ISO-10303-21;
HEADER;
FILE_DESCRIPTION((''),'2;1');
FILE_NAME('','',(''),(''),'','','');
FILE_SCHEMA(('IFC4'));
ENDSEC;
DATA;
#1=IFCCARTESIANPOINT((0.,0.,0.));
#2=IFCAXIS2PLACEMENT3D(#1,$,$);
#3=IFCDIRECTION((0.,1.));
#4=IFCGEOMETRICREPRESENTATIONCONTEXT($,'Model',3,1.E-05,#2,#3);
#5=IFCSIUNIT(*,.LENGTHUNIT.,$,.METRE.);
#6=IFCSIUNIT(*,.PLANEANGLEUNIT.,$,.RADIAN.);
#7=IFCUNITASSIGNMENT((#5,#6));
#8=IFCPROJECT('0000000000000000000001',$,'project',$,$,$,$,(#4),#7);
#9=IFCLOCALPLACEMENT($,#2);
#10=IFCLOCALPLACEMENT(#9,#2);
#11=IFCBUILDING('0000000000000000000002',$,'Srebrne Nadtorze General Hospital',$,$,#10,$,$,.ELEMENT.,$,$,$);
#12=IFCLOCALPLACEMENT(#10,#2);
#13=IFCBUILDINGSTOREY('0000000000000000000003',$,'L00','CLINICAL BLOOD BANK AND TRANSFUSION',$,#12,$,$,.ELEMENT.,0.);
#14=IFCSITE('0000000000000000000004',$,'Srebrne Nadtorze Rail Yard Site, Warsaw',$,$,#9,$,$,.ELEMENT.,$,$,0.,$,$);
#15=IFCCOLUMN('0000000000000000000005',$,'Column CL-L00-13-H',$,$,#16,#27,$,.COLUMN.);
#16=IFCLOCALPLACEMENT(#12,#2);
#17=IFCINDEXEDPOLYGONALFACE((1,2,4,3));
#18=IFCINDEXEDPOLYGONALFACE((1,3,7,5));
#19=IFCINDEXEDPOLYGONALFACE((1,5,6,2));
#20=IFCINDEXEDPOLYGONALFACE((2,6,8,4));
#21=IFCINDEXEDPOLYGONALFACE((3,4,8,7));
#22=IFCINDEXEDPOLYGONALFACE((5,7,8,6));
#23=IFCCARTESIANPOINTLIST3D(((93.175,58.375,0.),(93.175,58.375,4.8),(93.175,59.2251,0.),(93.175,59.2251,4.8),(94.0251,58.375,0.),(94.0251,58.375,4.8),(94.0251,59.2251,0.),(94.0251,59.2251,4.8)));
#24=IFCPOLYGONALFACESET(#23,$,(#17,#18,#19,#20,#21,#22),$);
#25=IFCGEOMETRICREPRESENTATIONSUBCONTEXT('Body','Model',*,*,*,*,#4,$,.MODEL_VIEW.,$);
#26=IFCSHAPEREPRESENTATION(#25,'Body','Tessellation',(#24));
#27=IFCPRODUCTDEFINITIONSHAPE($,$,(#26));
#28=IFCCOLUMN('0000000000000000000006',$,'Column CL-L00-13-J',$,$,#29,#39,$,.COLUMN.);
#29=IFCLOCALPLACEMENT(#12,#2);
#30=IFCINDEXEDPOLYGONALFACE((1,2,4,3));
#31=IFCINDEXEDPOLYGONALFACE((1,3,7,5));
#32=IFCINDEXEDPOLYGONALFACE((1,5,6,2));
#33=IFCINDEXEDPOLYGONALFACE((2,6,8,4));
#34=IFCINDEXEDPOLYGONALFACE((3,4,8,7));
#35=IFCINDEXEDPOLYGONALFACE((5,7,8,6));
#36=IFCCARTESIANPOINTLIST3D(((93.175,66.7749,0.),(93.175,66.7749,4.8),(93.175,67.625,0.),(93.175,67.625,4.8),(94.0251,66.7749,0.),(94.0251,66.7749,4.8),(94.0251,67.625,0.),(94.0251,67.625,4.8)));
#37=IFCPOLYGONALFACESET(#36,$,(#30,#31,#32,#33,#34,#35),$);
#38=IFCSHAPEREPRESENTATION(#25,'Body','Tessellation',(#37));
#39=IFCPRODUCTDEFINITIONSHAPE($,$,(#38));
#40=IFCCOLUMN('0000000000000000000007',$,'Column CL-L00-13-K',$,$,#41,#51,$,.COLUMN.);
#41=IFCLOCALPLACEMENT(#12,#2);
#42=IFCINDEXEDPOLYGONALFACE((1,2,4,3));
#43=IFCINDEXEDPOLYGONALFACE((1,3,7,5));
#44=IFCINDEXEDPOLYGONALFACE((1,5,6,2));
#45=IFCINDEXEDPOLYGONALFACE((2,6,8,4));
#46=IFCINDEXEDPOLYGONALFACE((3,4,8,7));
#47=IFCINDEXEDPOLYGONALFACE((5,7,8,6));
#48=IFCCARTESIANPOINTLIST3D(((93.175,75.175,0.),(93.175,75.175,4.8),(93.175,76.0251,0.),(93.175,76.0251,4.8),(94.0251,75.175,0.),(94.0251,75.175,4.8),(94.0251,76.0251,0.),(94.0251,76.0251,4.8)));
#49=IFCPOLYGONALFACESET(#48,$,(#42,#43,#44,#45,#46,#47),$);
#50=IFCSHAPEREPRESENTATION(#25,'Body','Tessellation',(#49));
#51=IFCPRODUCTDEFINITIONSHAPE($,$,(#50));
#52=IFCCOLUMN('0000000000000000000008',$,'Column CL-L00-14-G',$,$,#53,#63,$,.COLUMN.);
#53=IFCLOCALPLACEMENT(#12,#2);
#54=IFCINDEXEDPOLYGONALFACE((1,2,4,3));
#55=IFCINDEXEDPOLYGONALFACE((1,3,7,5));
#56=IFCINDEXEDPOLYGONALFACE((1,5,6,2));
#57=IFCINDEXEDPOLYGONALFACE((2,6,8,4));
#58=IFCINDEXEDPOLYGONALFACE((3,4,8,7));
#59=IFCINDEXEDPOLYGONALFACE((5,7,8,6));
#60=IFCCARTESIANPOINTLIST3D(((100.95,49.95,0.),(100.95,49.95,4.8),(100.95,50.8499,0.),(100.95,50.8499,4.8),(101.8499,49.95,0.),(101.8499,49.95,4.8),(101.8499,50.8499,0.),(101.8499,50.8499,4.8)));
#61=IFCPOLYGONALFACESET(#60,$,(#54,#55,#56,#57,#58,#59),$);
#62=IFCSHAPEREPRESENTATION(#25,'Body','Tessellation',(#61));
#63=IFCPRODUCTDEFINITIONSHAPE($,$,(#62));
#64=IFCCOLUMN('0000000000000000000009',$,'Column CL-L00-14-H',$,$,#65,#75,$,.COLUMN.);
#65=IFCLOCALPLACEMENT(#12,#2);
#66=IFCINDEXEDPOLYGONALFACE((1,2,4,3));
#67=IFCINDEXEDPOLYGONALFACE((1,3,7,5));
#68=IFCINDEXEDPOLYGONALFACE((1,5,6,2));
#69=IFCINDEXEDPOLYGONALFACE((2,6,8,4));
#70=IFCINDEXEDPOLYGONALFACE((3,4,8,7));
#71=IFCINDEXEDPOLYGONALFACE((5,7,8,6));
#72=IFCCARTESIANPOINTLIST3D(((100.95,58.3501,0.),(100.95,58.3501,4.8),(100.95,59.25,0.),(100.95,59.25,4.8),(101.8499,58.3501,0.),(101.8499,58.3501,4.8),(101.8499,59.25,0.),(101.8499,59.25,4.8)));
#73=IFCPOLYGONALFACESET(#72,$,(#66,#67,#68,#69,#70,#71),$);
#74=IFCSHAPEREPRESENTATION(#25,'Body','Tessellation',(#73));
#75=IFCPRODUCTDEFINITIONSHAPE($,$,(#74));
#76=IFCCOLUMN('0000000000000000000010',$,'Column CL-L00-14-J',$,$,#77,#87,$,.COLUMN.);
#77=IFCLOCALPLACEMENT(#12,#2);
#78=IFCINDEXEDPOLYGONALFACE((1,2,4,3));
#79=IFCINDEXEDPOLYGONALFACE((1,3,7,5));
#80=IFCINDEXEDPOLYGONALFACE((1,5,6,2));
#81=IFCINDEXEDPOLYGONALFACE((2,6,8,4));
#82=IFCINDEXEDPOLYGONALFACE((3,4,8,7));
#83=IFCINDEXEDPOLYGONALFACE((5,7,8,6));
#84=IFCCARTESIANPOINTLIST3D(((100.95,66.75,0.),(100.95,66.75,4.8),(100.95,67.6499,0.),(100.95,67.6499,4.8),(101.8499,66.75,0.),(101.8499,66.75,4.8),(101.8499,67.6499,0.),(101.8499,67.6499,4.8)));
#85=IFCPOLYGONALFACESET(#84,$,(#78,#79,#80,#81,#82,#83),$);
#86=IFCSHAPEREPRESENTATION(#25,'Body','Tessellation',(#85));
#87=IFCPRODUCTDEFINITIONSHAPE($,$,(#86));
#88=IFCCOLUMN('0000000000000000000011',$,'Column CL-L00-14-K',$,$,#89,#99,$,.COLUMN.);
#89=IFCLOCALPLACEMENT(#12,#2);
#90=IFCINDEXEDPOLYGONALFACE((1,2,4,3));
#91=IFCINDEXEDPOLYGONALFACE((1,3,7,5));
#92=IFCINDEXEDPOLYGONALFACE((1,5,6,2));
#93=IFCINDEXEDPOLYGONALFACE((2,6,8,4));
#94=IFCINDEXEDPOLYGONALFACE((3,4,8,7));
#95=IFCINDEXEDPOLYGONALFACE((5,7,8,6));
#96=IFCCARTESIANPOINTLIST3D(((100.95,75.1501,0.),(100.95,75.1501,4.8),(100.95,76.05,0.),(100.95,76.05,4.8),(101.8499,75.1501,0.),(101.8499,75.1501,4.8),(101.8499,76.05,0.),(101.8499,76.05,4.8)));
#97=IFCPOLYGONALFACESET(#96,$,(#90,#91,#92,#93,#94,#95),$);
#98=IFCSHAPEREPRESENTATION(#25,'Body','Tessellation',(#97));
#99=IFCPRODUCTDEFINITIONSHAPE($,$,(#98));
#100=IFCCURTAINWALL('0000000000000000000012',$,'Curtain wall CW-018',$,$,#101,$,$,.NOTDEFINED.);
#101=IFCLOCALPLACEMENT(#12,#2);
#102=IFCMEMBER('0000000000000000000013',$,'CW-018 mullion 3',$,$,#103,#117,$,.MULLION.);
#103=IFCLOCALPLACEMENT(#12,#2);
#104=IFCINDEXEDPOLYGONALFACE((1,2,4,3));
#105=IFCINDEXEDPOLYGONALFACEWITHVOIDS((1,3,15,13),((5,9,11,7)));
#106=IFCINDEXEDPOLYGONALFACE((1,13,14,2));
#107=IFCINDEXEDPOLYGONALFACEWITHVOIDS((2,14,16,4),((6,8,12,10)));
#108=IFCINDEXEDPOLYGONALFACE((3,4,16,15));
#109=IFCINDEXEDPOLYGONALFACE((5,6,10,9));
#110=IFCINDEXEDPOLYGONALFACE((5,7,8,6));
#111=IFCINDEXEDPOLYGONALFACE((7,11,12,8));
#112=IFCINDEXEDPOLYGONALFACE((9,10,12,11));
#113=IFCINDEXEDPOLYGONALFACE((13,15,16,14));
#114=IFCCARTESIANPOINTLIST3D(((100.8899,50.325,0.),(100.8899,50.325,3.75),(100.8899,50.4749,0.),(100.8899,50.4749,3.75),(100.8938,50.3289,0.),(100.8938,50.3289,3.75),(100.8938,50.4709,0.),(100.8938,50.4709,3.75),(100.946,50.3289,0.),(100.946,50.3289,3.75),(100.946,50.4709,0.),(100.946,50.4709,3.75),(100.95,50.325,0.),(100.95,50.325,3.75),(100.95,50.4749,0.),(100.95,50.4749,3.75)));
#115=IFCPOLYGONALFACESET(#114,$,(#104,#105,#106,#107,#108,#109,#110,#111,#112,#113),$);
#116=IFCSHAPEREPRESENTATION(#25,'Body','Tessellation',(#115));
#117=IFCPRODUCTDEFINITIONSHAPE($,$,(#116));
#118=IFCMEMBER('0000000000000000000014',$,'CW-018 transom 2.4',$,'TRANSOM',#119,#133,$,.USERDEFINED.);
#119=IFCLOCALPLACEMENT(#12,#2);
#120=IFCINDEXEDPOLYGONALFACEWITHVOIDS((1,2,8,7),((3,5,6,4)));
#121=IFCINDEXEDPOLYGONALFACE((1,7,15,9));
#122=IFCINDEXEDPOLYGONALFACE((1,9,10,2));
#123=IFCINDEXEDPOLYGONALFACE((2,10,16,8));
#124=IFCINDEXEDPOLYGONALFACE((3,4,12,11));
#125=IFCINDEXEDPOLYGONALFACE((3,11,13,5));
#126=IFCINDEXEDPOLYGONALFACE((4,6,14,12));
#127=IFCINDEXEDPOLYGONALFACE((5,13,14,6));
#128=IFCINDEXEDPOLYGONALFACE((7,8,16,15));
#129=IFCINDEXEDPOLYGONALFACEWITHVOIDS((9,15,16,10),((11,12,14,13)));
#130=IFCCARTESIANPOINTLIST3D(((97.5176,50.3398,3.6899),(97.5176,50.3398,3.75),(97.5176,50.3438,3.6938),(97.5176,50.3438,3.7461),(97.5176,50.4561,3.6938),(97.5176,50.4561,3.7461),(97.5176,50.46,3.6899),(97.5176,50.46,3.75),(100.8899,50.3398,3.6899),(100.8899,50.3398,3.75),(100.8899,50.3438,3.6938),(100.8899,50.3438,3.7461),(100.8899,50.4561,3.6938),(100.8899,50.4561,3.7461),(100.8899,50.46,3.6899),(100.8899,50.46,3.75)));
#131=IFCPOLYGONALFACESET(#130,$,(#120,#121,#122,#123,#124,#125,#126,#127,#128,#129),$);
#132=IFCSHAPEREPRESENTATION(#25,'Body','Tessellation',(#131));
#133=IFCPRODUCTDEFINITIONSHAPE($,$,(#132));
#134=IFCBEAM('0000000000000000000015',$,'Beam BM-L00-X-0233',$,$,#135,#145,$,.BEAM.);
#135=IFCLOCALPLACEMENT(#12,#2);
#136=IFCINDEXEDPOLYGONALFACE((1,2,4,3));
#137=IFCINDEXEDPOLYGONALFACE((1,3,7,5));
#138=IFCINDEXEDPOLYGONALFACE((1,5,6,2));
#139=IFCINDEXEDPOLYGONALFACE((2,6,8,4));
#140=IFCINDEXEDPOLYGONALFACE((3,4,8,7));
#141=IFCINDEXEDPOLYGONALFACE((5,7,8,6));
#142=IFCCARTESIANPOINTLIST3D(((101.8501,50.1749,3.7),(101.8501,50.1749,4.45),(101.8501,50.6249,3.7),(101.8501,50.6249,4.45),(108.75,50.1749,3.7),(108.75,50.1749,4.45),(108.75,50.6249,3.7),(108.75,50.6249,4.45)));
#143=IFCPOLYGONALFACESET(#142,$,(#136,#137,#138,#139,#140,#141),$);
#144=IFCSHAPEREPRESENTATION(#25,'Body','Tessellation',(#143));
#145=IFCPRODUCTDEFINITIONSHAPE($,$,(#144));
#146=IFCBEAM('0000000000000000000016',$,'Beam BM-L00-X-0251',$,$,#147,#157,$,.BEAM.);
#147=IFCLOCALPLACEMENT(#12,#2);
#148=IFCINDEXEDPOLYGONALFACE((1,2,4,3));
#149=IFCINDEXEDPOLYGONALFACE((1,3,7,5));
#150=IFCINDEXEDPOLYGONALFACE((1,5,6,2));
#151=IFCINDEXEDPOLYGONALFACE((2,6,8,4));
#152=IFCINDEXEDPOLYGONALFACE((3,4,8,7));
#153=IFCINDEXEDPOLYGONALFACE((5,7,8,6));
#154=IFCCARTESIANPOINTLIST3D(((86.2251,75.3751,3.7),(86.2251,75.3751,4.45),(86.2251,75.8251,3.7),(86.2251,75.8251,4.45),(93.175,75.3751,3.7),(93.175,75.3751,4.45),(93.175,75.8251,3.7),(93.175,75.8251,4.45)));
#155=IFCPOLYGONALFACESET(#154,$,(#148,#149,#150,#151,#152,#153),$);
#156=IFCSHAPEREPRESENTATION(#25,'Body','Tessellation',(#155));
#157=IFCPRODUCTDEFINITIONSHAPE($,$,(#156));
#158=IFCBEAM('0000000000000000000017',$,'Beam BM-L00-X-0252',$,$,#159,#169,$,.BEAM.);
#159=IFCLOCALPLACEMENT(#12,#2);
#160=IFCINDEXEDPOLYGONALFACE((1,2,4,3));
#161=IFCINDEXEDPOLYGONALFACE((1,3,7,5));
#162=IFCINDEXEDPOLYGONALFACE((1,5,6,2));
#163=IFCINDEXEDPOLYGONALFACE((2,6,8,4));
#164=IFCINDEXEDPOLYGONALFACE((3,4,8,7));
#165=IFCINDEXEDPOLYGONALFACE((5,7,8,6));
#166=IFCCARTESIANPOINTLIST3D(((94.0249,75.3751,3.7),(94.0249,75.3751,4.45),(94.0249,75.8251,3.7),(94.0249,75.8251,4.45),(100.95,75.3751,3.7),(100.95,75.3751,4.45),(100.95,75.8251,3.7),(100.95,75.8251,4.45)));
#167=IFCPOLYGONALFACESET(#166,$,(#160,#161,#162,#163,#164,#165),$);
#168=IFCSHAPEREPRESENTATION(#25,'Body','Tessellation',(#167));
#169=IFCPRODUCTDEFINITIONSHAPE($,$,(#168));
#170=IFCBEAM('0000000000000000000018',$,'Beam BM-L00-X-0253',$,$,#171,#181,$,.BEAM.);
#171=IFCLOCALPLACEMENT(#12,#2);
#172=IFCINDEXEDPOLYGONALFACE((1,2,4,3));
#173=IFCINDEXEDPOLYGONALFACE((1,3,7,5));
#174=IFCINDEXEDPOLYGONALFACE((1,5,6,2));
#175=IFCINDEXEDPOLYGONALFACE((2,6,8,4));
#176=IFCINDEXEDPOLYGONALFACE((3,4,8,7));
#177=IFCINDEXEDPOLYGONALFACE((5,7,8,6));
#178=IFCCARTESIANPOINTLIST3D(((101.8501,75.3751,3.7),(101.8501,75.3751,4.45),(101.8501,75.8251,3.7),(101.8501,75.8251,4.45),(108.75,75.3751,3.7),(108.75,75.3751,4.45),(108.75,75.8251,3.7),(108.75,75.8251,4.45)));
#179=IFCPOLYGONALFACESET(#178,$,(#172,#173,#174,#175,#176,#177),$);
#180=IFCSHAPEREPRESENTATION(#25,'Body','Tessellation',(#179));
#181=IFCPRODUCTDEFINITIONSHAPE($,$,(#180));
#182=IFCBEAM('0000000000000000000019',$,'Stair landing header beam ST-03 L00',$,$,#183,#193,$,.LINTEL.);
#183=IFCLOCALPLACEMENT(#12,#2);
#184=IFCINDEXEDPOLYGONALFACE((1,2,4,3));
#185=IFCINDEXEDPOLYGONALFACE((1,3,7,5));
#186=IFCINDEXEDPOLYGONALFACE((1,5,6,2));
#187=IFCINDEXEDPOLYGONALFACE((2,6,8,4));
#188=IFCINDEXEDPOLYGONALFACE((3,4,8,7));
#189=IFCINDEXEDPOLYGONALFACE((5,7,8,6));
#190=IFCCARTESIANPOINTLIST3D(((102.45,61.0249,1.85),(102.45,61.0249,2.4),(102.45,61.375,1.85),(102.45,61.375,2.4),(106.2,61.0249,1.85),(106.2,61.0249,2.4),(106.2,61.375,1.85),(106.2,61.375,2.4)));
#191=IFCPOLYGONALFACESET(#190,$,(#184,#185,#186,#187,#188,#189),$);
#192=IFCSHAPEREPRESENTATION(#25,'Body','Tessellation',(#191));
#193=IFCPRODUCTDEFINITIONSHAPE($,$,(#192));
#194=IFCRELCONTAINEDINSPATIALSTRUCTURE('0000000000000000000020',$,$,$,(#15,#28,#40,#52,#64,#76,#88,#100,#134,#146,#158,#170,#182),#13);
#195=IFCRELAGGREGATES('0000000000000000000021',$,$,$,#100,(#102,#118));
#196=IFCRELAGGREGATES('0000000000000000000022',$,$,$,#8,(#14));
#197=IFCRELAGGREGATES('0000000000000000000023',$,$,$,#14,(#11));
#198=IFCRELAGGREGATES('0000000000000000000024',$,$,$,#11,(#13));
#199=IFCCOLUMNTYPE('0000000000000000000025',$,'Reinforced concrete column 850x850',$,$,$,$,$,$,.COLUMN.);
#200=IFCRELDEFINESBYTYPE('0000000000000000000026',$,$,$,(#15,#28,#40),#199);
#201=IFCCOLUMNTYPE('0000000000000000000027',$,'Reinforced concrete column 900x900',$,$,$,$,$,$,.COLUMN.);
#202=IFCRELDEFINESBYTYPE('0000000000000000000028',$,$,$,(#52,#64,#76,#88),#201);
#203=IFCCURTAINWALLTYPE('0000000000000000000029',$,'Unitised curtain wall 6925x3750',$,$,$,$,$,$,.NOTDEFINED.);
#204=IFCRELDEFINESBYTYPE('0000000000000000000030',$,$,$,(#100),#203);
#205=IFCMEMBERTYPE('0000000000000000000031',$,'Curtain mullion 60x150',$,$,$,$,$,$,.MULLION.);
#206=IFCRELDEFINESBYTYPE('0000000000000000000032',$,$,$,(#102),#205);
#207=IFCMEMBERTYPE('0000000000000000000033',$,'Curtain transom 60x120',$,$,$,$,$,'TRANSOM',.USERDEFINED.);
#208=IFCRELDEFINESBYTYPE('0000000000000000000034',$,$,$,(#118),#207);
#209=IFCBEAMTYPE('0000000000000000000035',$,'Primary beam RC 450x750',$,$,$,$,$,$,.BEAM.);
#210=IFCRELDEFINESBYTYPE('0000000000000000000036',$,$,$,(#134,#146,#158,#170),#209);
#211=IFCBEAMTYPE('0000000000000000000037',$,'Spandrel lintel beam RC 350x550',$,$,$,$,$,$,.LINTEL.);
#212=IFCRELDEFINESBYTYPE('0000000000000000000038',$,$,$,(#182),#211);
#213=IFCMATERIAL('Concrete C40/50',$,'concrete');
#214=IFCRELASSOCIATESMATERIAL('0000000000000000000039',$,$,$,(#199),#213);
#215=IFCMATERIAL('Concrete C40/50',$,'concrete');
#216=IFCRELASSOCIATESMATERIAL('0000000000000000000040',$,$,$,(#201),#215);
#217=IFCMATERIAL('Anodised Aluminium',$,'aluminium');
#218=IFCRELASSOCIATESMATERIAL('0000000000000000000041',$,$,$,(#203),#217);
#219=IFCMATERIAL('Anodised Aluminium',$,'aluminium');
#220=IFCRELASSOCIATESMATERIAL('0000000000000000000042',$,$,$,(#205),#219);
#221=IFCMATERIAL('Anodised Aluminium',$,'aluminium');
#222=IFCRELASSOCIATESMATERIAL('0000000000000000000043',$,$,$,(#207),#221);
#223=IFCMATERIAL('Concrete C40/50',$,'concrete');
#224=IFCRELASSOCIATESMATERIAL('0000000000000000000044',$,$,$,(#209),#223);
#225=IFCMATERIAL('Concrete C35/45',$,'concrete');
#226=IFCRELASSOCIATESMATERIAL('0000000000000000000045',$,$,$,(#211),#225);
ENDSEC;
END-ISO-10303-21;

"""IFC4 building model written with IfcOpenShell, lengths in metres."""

from ifc_helpers import new_model, si_unit, direction, frame, origin, origin_2d, place, context, subcontext, project, spatial, rectangle, hollow_rectangle, extrude, material, material_profile, profile_set, type_object, element, aggregate, save


model = new_model("IFC4")

# Units and contexts
model_context = context("Model", 3, precision=1e-05, world=origin(), true_north=direction((0.0, 1.0)))
body_context = subcontext(model_context, "Body", "Model", "MODEL_VIEW")
ifc_project = project(units=[si_unit("LENGTHUNIT", "METRE"), si_unit("PLANEANGLEUNIT", "RADIAN")], contexts=[model_context])

# Site, building, storey
site_placement = place(None, origin())
site = spatial("IfcSite", under=ifc_project, at=site_placement, Name="Srebrne Nadtorze Rail Yard Site, Warsaw", CompositionType="ELEMENT", RefElevation=0.0)
building_placement = place(site_placement, origin())
building = spatial("IfcBuilding", under=site, at=building_placement, Name="Srebrne Nadtorze General Hospital", CompositionType="ELEMENT")
storey_placement = place(building_placement, origin())
storey = spatial("IfcBuildingStorey", under=building, at=storey_placement, Name="L00", Description="CLINICAL BLOOD BANK AND TRANSFUSION", CompositionType="ELEMENT", Elevation=0.0)

# Columns
ifc_material_1 = material(Name="Concrete C40/50", Category="concrete")
ifc_material_profile_1 = material_profile(ifc_material_1, rectangle(XDim=0.8501, YDim=0.8501, at=origin_2d()), Name="RC-COL-850x850")
ifc_profile_set_1 = profile_set([ifc_material_profile_1], Name="Concrete C40/50")
column_type_1 = type_object("IfcColumnType", Name="Reinforced concrete column 850x850", PredefinedType="COLUMN", material=ifc_profile_set_1)
for number, where, z_axis, x_axis, name in (
    (1, (93.6001, 58.8, 0.0), (0.0, 0.0, 1.0), (1.0, 0.0, 0.0), "Column CL-L00-13-H"),
    (2, (93.6001, 67.2, 0.0), (0.0, 0.0, 1.0), (1.0, 0.0, 0.0), "Column CL-L00-13-J"),
    (3, (93.6001, 75.6001, 0.0), (0.0, 0.0, 1.0), (1.0, 0.0, 0.0), "Column CL-L00-13-K"),
):
    element("IfcColumn", number, at=place(storey_placement, frame(where, z_axis=z_axis, x_axis=x_axis)), inside=storey, type_object=column_type_1, Name=name, PredefinedType="COLUMN", context=body_context, shape_type="SweptSolid", body=[
        extrude(rectangle(XDim=0.8501, YDim=0.8501, at=origin_2d()), origin(), (0.0, 0.0, 1.0), 4.8),
    ])
ifc_material_2 = material(Name="Concrete C40/50", Category="concrete")
ifc_material_profile_2 = material_profile(ifc_material_2, rectangle(XDim=0.8999, YDim=0.8999, at=origin_2d()), Name="RC-COL-900x900")
ifc_profile_set_2 = profile_set([ifc_material_profile_2], Name="Concrete C40/50")
column_type_2 = type_object("IfcColumnType", Name="Reinforced concrete column 900x900", PredefinedType="COLUMN", material=ifc_profile_set_2)
for number, where, z_axis, x_axis, name in (
    (4, (101.3999, 50.3999, 0.0), (0.0, 0.0, 1.0), (1.0, 0.0, 0.0), "Column CL-L00-14-G"),
    (5, (101.3999, 58.8, 0.0), (0.0, 0.0, 1.0), (1.0, 0.0, 0.0), "Column CL-L00-14-H"),
    (6, (101.3999, 67.2, 0.0), (0.0, 0.0, 1.0), (1.0, 0.0, 0.0), "Column CL-L00-14-J"),
    (7, (101.3999, 75.6001, 0.0), (0.0, 0.0, 1.0), (1.0, 0.0, 0.0), "Column CL-L00-14-K"),
):
    element("IfcColumn", number, at=place(storey_placement, frame(where, z_axis=z_axis, x_axis=x_axis)), inside=storey, type_object=column_type_2, Name=name, PredefinedType="COLUMN", context=body_context, shape_type="SweptSolid", body=[
        extrude(rectangle(XDim=0.8999, YDim=0.8999, at=origin_2d()), origin(), (0.0, 0.0, 1.0), 4.8),
    ])

# Curtain wall, members
ifc_material_3 = material(Name="Anodised Aluminium", Category="aluminium")
curtain_wall_type = type_object("IfcCurtainWallType", Name="Unitised curtain wall 6925x3750", PredefinedType="NOTDEFINED", material=ifc_material_3)
curtain_wall_placement = place(storey_placement, origin())
curtain_wall = element("IfcCurtainWall", 8, at=curtain_wall_placement, inside=storey, type_object=curtain_wall_type, Name="Curtain wall CW-018", PredefinedType="NOTDEFINED")
ifc_material_4 = material(Name="Anodised Aluminium", Category="aluminium")
ifc_material_profile_3 = material_profile(ifc_material_4, hollow_rectangle(XDim=0.0601, YDim=0.1499, WallThickness=0.0039, at=origin_2d()), Name="AL-MUL-60x150")
ifc_profile_set_3 = profile_set([ifc_material_profile_3], Name="Anodised Aluminium")
member_type_1 = type_object("IfcMemberType", Name="Curtain mullion 60x150", PredefinedType="MULLION", material=ifc_profile_set_3)
member_1_placement = place(storey_placement, frame((100.9199, 50.3999, 0.0), z_axis=(0.0, 0.0, 1.0), x_axis=(1.0, 0.0, 0.0)))
member_1 = element("IfcMember", 9, at=member_1_placement, type_object=member_type_1, Name="CW-018 mullion 3", PredefinedType="MULLION", context=body_context, shape_type="SweptSolid", body=[
    extrude(hollow_rectangle(XDim=0.0601, YDim=0.1499, WallThickness=0.0039, at=origin_2d()), origin(), (0.0, 0.0, 1.0), 3.75),
])
ifc_material_5 = material(Name="Anodised Aluminium", Category="aluminium")
ifc_material_profile_4 = material_profile(ifc_material_5, hollow_rectangle(XDim=0.0601, YDim=0.1201, WallThickness=0.0039, at=origin_2d()), Name="AL-TRN-60x120")
ifc_profile_set_4 = profile_set([ifc_material_profile_4], Name="Anodised Aluminium")
member_type_2 = type_object("IfcMemberType", Name="Curtain transom 60x120", ElementType="TRANSOM", PredefinedType="USERDEFINED", material=ifc_profile_set_4)
member_2_placement = place(storey_placement, frame((97.5176, 50.3999, 3.72), z_axis=(1.0, 0.0, 0.0), x_axis=(0.0, 0.0, 1.0)))
member_2 = element("IfcMember", 10, at=member_2_placement, type_object=member_type_2, Name="CW-018 transom 2.4", ObjectType="TRANSOM", PredefinedType="USERDEFINED", context=body_context, shape_type="SweptSolid", body=[
    extrude(hollow_rectangle(XDim=0.0601, YDim=0.1201, WallThickness=0.0039, at=origin_2d()), origin(), (0.0, 0.0, 1.0), 3.3723),
])

# Beams
ifc_material_6 = material(Name="Concrete C40/50", Category="concrete")
ifc_material_profile_5 = material_profile(ifc_material_6, rectangle(XDim=0.45, YDim=0.75, at=origin_2d()), Name="RC-BM-450x750")
ifc_profile_set_5 = profile_set([ifc_material_profile_5], Name="Concrete C40/50")
beam_type_1 = type_object("IfcBeamType", Name="Primary beam RC 450x750", PredefinedType="BEAM", material=ifc_profile_set_5)
beam_1_placement = place(storey_placement, frame((101.8501, 50.3999, 4.075), z_axis=(1.0, 0.0, 0.0), x_axis=(0.0, 1.0, 0.0)))
element("IfcBeam", 11, at=beam_1_placement, inside=storey, type_object=beam_type_1, Name="Beam BM-L00-X-0233", PredefinedType="BEAM", context=body_context, shape_type="SweptSolid", body=[
    extrude(rectangle(XDim=0.45, YDim=0.75, at=origin_2d()), origin(), (0.0, 0.0, 1.0), 6.8999),
])
beam_2_placement = place(storey_placement, frame((86.2251, 75.6001, 4.075), z_axis=(1.0, 0.0, 0.0), x_axis=(0.0, 1.0, 0.0)))
element("IfcBeam", 12, at=beam_2_placement, inside=storey, type_object=beam_type_1, Name="Beam BM-L00-X-0251", PredefinedType="BEAM", context=body_context, shape_type="SweptSolid", body=[
    extrude(rectangle(XDim=0.45, YDim=0.75, at=origin_2d()), origin(), (0.0, 0.0, 1.0), 6.95),
])
beam_3_placement = place(storey_placement, frame((94.0249, 75.6001, 4.075), z_axis=(1.0, 0.0, 0.0), x_axis=(0.0, 1.0, 0.0)))
element("IfcBeam", 13, at=beam_3_placement, inside=storey, type_object=beam_type_1, Name="Beam BM-L00-X-0252", PredefinedType="BEAM", context=body_context, shape_type="SweptSolid", body=[
    extrude(rectangle(XDim=0.45, YDim=0.75, at=origin_2d()), origin(), (0.0, 0.0, 1.0), 6.925),
])
beam_4_placement = place(storey_placement, frame((101.8501, 75.6001, 4.075), z_axis=(1.0, 0.0, 0.0), x_axis=(0.0, 1.0, 0.0)))
element("IfcBeam", 14, at=beam_4_placement, inside=storey, type_object=beam_type_1, Name="Beam BM-L00-X-0253", PredefinedType="BEAM", context=body_context, shape_type="SweptSolid", body=[
    extrude(rectangle(XDim=0.45, YDim=0.75, at=origin_2d()), origin(), (0.0, 0.0, 1.0), 6.8999),
])
ifc_material_7 = material(Name="Concrete C35/45", Category="concrete")
ifc_material_profile_6 = material_profile(ifc_material_7, rectangle(XDim=0.3501, YDim=0.55, at=origin_2d()), Name="RC-BM-350x550")
ifc_profile_set_6 = profile_set([ifc_material_profile_6], Name="Concrete C35/45")
beam_type_2 = type_object("IfcBeamType", Name="Spandrel lintel beam RC 350x550", PredefinedType="LINTEL", material=ifc_profile_set_6)
beam_5_placement = place(storey_placement, frame((102.45, 61.2, 2.125), z_axis=(1.0, 0.0, 0.0), x_axis=(0.0, 1.0, 0.0)))
element("IfcBeam", 15, at=beam_5_placement, inside=storey, type_object=beam_type_2, Name="Stair landing header beam ST-03 L00", PredefinedType="LINTEL", context=body_context, shape_type="SweptSolid", body=[
    extrude(rectangle(XDim=0.3501, YDim=0.55, at=origin_2d()), origin(), (0.0, 0.0, 1.0), 3.75),
])

aggregate(curtain_wall, [member_1, member_2])

save(model, "model.ifc")
